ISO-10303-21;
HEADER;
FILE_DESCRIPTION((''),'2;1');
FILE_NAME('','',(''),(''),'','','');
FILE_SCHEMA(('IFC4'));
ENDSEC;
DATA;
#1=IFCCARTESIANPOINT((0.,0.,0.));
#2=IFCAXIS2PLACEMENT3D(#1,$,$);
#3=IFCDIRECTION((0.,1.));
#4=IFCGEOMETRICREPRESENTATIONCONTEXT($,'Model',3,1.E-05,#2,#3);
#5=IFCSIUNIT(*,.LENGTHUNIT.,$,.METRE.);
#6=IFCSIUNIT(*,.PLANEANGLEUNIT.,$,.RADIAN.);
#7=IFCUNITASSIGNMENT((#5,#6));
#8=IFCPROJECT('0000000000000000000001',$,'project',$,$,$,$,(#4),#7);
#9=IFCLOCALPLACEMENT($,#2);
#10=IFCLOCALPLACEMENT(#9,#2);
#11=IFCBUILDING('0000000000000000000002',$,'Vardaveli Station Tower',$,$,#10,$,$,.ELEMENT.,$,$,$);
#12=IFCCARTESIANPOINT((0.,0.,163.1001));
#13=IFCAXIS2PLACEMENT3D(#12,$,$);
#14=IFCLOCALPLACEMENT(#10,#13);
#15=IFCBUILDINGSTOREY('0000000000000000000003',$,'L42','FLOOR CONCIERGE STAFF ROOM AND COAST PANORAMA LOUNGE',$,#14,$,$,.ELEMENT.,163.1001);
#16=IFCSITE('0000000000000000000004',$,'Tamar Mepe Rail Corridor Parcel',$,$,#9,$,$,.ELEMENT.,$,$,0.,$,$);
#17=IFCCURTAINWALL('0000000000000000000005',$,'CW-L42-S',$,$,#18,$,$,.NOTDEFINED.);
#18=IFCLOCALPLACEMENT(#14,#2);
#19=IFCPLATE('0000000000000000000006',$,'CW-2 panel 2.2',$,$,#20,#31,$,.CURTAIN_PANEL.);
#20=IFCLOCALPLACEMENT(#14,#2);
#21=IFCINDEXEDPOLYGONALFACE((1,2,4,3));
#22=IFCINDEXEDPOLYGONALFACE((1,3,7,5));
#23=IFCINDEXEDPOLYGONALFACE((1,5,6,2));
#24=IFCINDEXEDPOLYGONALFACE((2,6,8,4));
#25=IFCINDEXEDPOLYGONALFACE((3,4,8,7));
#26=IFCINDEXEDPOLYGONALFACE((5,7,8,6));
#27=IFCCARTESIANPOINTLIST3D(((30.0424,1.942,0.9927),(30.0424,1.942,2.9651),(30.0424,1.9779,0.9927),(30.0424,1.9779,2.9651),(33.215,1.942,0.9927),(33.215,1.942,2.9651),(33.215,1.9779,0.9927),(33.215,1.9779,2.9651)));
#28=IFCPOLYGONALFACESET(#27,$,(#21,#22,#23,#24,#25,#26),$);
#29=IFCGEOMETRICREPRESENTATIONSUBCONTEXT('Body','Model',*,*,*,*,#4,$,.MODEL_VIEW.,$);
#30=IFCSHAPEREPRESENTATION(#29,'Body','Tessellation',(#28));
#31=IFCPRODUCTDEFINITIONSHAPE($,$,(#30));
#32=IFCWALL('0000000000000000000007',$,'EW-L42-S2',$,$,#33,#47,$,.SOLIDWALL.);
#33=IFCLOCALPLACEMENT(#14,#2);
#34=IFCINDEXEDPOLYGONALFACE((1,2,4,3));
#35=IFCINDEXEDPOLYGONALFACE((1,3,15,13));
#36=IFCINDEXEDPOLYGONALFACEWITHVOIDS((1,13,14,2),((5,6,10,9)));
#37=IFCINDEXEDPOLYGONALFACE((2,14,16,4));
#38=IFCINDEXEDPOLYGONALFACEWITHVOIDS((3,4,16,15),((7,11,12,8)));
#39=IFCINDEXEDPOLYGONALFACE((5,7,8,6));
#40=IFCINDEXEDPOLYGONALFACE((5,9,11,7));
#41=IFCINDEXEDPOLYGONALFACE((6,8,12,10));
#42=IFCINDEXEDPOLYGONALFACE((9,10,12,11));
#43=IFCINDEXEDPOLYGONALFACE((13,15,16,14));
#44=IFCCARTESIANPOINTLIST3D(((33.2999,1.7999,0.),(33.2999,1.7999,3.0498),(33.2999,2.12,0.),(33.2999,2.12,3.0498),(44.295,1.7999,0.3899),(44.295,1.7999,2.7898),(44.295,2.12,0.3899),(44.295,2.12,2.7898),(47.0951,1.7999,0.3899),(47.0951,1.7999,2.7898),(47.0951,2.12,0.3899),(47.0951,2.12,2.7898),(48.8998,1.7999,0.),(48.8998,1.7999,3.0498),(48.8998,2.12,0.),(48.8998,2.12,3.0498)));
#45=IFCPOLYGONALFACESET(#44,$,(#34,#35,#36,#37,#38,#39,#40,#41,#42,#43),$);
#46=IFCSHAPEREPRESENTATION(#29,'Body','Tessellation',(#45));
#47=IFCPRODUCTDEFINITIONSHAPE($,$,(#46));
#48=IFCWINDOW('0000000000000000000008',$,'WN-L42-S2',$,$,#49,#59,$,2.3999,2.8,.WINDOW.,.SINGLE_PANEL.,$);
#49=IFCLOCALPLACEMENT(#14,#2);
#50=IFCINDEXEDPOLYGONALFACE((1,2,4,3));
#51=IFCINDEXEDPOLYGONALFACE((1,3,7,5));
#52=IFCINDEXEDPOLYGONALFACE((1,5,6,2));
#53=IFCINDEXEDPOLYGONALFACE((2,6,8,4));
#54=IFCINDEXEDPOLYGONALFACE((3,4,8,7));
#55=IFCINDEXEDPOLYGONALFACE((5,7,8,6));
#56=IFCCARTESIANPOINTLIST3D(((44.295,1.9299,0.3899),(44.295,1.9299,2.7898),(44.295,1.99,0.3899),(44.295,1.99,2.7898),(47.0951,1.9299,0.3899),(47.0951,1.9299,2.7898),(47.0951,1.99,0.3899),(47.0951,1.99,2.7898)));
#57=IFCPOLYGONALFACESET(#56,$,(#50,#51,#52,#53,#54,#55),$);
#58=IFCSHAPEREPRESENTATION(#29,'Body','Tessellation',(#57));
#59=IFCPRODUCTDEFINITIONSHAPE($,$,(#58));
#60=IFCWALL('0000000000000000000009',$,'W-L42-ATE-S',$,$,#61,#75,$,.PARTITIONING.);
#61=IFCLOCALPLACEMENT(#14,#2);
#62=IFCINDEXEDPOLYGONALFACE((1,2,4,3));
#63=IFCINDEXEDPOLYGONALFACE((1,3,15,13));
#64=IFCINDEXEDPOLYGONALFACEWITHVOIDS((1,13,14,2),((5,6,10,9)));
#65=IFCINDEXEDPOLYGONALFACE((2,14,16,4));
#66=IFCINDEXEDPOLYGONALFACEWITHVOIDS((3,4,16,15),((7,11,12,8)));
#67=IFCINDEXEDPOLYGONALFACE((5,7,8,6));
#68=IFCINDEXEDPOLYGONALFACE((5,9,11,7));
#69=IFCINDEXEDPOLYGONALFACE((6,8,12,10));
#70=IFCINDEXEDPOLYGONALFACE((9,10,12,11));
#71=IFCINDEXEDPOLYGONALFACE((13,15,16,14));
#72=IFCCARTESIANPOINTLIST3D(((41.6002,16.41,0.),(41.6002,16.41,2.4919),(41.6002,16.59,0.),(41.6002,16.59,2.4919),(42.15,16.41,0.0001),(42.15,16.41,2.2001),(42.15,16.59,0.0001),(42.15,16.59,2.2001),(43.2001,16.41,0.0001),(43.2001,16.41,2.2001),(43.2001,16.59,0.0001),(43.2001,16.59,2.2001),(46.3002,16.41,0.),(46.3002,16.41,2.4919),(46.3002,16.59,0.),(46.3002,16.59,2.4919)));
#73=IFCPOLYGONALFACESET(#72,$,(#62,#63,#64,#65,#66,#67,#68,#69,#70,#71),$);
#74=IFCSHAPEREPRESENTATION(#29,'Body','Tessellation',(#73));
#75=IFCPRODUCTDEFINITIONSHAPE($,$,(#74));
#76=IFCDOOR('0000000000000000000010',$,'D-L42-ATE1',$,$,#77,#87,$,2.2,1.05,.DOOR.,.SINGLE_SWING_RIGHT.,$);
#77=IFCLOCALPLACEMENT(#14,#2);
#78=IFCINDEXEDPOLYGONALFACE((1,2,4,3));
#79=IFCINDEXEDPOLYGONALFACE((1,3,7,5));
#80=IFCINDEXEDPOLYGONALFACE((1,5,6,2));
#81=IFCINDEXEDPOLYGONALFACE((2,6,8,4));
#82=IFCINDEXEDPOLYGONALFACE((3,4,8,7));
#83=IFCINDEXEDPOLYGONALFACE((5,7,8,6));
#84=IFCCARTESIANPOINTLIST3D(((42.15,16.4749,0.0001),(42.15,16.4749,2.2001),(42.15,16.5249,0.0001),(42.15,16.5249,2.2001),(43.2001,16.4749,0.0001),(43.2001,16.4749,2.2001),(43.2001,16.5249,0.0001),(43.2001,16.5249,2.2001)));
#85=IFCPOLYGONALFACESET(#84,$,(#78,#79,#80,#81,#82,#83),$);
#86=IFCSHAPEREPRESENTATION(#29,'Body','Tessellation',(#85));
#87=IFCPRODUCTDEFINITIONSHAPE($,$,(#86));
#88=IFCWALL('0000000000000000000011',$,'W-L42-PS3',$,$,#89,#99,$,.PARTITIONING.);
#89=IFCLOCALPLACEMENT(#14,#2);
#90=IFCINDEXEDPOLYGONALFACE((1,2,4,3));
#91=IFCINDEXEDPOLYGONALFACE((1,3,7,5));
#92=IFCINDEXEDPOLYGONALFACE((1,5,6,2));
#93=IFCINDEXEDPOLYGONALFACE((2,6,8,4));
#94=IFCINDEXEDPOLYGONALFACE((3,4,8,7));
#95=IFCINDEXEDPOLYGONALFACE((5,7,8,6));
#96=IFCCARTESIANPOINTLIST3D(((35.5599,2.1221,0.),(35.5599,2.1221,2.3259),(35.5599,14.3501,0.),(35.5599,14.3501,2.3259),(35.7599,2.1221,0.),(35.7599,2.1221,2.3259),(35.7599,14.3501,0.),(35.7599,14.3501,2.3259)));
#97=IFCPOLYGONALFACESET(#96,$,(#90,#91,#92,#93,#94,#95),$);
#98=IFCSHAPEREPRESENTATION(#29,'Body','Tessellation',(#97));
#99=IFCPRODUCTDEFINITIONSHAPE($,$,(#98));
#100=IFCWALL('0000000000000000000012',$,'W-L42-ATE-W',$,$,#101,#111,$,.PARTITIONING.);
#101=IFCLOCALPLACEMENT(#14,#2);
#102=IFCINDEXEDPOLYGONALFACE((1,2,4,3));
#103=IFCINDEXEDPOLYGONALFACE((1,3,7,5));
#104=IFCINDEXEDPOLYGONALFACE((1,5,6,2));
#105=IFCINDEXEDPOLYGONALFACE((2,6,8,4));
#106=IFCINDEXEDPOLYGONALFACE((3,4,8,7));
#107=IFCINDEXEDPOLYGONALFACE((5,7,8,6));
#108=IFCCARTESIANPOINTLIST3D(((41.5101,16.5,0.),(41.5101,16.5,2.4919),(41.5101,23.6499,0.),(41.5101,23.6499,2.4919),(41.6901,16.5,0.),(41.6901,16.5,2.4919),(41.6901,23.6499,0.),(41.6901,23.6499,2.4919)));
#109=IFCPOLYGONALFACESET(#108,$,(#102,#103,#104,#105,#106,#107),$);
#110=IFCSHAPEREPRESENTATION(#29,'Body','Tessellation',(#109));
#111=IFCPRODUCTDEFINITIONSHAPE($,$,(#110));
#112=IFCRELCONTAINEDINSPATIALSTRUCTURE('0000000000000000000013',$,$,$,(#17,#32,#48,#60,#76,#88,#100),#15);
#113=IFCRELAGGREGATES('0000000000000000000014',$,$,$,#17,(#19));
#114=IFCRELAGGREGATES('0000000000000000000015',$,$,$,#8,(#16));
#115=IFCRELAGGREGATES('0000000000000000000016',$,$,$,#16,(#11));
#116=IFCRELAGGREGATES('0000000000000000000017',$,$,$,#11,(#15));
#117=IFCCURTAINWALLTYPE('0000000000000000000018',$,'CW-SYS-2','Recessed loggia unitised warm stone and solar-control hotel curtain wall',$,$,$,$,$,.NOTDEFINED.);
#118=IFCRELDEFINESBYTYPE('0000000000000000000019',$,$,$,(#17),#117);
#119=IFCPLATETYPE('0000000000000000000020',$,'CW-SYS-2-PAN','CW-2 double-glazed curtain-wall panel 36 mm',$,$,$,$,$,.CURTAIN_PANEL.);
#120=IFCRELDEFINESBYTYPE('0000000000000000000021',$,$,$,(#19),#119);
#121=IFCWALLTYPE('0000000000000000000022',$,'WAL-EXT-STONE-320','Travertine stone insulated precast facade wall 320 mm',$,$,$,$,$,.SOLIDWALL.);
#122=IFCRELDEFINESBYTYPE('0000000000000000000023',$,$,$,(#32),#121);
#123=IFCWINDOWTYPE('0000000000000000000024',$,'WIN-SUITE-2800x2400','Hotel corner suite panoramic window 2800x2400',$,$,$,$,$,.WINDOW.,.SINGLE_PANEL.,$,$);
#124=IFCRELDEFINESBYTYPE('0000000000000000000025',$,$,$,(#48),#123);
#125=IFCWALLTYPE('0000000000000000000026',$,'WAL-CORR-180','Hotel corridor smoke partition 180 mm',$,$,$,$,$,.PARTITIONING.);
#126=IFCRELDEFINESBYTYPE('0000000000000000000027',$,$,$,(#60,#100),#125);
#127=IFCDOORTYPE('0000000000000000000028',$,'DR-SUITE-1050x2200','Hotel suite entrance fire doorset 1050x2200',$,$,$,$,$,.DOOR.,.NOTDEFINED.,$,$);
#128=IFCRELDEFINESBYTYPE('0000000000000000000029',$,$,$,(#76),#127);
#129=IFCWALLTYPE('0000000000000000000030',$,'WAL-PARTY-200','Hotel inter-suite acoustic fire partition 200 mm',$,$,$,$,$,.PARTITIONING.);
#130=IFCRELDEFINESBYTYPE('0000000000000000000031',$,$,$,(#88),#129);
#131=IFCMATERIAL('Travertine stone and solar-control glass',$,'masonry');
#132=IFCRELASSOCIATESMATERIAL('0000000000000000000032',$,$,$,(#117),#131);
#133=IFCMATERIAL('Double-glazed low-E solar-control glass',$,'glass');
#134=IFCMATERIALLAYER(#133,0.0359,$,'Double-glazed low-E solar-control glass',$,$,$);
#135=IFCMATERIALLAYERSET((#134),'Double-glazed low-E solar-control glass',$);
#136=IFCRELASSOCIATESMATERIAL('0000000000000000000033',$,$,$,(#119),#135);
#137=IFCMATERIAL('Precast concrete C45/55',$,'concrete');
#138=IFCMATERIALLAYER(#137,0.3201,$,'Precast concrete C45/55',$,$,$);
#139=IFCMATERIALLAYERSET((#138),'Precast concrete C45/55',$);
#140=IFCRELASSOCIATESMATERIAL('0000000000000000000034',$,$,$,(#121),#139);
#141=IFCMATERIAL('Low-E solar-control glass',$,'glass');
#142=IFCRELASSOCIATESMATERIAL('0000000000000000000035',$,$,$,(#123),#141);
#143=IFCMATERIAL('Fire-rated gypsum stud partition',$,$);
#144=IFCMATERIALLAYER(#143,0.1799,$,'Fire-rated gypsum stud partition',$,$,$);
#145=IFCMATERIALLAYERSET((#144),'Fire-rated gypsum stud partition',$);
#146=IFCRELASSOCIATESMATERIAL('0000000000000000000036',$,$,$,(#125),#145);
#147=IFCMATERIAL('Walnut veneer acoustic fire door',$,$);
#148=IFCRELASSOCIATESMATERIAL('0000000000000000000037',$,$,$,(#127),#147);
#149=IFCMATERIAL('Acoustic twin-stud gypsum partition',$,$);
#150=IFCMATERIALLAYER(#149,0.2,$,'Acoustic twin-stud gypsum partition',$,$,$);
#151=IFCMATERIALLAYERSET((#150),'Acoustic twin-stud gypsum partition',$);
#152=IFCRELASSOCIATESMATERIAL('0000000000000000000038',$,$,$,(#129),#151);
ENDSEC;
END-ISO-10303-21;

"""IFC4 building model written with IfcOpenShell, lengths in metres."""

from ifc_helpers import new_model, si_unit, direction, frame, frame_2d, origin, origin_2d, place, context, subcontext, project, spatial, rectangle, extrude, source, transform, mapped, material, layer, layer_set, type_object, element, fill, aggregate, save


model = new_model("IFC4")

# Units and contexts
model_context = context("Model", 3, precision=1e-05, world=origin(), true_north=direction((0.0, 1.0)))
body_context = subcontext(model_context, "Body", "Model", "MODEL_VIEW")
ifc_project = project(units=[si_unit("LENGTHUNIT", "METRE"), si_unit("PLANEANGLEUNIT", "RADIAN")], contexts=[model_context])

# Site, building, storey
site_placement = place(None, origin())
site = spatial("IfcSite", under=ifc_project, at=site_placement, Name="Tamar Mepe Rail Corridor Parcel", CompositionType="ELEMENT", RefElevation=0.0)
building_placement = place(site_placement, origin())
building = spatial("IfcBuilding", under=site, at=building_placement, Name="Vardaveli Station Tower", CompositionType="ELEMENT")
storey_placement = place(building_placement, frame((0.0, 0.0, 163.1001)))
storey = spatial("IfcBuildingStorey", under=building, at=storey_placement, Name="L42", Description="FLOOR CONCIERGE STAFF ROOM AND COAST PANORAMA LOUNGE", CompositionType="ELEMENT", Elevation=163.1001)

# Shared definitions
ifc_material_1 = material(Name="Precast concrete C45/55", Category="concrete")

# Curtain wall, plate
ifc_material_2 = material(Name="Travertine stone and solar-control glass", Category="masonry")
curtain_wall_type = type_object("IfcCurtainWallType", Name="CW-SYS-2", Description="Recessed loggia unitised warm stone and solar-control hotel curtain wall", PredefinedType="NOTDEFINED", material=ifc_material_2)
curtain_wall_placement = place(storey_placement, origin())
curtain_wall = element("IfcCurtainWall", 1, at=curtain_wall_placement, inside=storey, type_object=curtain_wall_type, Name="CW-L42-S", PredefinedType="NOTDEFINED")
ifc_material_3 = material(Name="Double-glazed low-E solar-control glass", Category="glass")
ifc_layer_1 = layer(ifc_material_3, 0.0359, Name="Double-glazed low-E solar-control glass")
ifc_layer_set_1 = layer_set([ifc_layer_1], Name="Double-glazed low-E solar-control glass")
plate_type = type_object("IfcPlateType", Name="CW-SYS-2-PAN", Description="CW-2 double-glazed curtain-wall panel 36 mm", PredefinedType="CURTAIN_PANEL", material=ifc_layer_set_1)
shared_shape_1 = source(origin(), body_context, "Body", "SweptSolid", [
    extrude(rectangle(XDim=3.1726, YDim=0.0359, at=origin_2d()), origin(), (0.0, 0.0, 1.0), 1.9724),
])
plate_1_placement = place(storey_placement, frame((31.6287, 1.96, 0.9927), z_axis=(0.0, 0.0, 1.0), x_axis=(1.0, 0.0, 0.0)))
plate_1 = element("IfcPlate", 2, at=plate_1_placement, type_object=plate_type, Name="CW-2 panel 2.2", PredefinedType="CURTAIN_PANEL", context=body_context, shape_type="MappedRepresentation", body=[
    mapped(shared_shape_1, transform((0.0, 0.0, 0.0), scale=1.0)),
])
aggregate(curtain_wall, [plate_1])

# Wall, opening, window
ifc_layer_2 = layer(ifc_material_1, 0.3201, Name="Precast concrete C45/55")
ifc_layer_set_2 = layer_set([ifc_layer_2], Name="Precast concrete C45/55")
wall_type_1 = type_object("IfcWallType", Name="WAL-EXT-STONE-320", Description="Travertine stone insulated precast facade wall 320 mm", PredefinedType="SOLIDWALL", material=ifc_layer_set_2)
shared_shape_2 = source(origin(), body_context, "Body", "SweptSolid", [
    extrude(rectangle(XDim=15.5999, YDim=0.3201, at=frame_2d((7.7998, 0.0))), origin(), (0.0, 0.0, 1.0), 3.0498),
])
wall_1_placement = place(storey_placement, frame((33.3, 1.96, 0.0), z_axis=(0.0, 0.0, 1.0), x_axis=(1.0, 0.0, 0.0)))
wall_1 = element("IfcWall", 3, at=wall_1_placement, inside=storey, type_object=wall_type_1, Name="EW-L42-S2", PredefinedType="SOLIDWALL", context=body_context, shape_type="MappedRepresentation", body=[
    mapped(shared_shape_2, transform((0.0, 0.0, 0.0), scale=1.0)),
])
shared_shape_3 = source(origin(), body_context, "Body", "SweptSolid", [
    extrude(rectangle(XDim=2.8, YDim=2.3999, at=frame_2d((1.3999, 1.2))), frame((0.0, 0.1699, 0.0), z_axis=(0.0, -1.0, 0.0), x_axis=(1.0, 0.0, 0.0)), (0.0, 0.0, 1.0), 0.3401),
])
opening_1_placement = place(wall_1_placement, frame((10.9951, 0.0, 0.3899)))
opening_1 = element("IfcOpeningElement", 4, at=opening_1_placement, cuts=wall_1, PredefinedType="OPENING", context=body_context, shape_type="MappedRepresentation", body=[
    mapped(shared_shape_3, transform((0.0, 0.0, 0.0), scale=1.0)),
])
ifc_material_4 = material(Name="Low-E solar-control glass", Category="glass")
window_type = type_object("IfcWindowType", Name="WIN-SUITE-2800x2400", Description="Hotel corner suite panoramic window 2800x2400", PartitioningType="SINGLE_PANEL", PredefinedType="WINDOW", material=ifc_material_4)
shared_shape_4 = source(origin(), body_context, "Body", "SweptSolid", [
    extrude(rectangle(XDim=2.8, YDim=2.3999, at=frame_2d((1.3999, 1.2))), frame((0.0, 0.03, 0.0), z_axis=(0.0, -1.0, 0.0), x_axis=(1.0, 0.0, 0.0)), (0.0, 0.0, 1.0), 0.0601),
])
window_placement = place(opening_1_placement, origin())
window = element("IfcWindow", 5, at=window_placement, inside=storey, type_object=window_type, Name="WN-L42-S2", OverallHeight=2.3999, OverallWidth=2.8, PartitioningType="SINGLE_PANEL", PredefinedType="WINDOW", context=body_context, shape_type="MappedRepresentation", body=[
    mapped(shared_shape_4, transform((0.0, 0.0, 0.0), scale=1.0)),
])
fill(opening_1, window)

# Wall, opening, door
ifc_material_5 = material(Name="Fire-rated gypsum stud partition")
ifc_layer_3 = layer(ifc_material_5, 0.1799, Name="Fire-rated gypsum stud partition")
ifc_layer_set_3 = layer_set([ifc_layer_3], Name="Fire-rated gypsum stud partition")
wall_type_2 = type_object("IfcWallType", Name="WAL-CORR-180", Description="Hotel corridor smoke partition 180 mm", PredefinedType="PARTITIONING", material=ifc_layer_set_3)
shared_shape_5 = source(origin(), body_context, "Body", "SweptSolid", [
    extrude(rectangle(XDim=4.7, YDim=0.1799, at=frame_2d((2.3501, 0.0))), origin(), (0.0, 0.0, 1.0), 2.4919),
])
wall_2_placement = place(storey_placement, frame((41.6001, 16.5, 0.0), z_axis=(0.0, 0.0, 1.0), x_axis=(1.0, 0.0, 0.0)))
wall_2 = element("IfcWall", 6, at=wall_2_placement, inside=storey, type_object=wall_type_2, Name="W-L42-ATE-S", PredefinedType="PARTITIONING", context=body_context, shape_type="MappedRepresentation", body=[
    mapped(shared_shape_5, transform((0.0, 0.0, 0.0), scale=1.0)),
])
shared_shape_6 = source(origin(), body_context, "Body", "SweptSolid", [
    extrude(rectangle(XDim=1.05, YDim=2.2, at=frame_2d((0.5249, 1.1001))), frame((0.0, 0.1001, 0.0), z_axis=(0.0, -1.0, 0.0), x_axis=(1.0, 0.0, 0.0)), (0.0, 0.0, 1.0), 0.2),
])
opening_2_placement = place(wall_2_placement, frame((0.55, 0.0, 0.0)))
opening_2 = element("IfcOpeningElement", 7, at=opening_2_placement, cuts=wall_2, PredefinedType="OPENING", context=body_context, shape_type="MappedRepresentation", body=[
    mapped(shared_shape_6, transform((0.0, 0.0, 0.0), scale=1.0)),
])
ifc_material_6 = material(Name="Walnut veneer acoustic fire door")
door_type = type_object("IfcDoorType", Name="DR-SUITE-1050x2200", Description="Hotel suite entrance fire doorset 1050x2200", OperationType="NOTDEFINED", PredefinedType="DOOR", material=ifc_material_6)
shared_shape_7 = source(origin(), body_context, "Body", "SweptSolid", [
    extrude(rectangle(XDim=1.05, YDim=2.2, at=frame_2d((0.5249, 1.1001))), frame((0.0, 0.0249, 0.0), z_axis=(0.0, -1.0, 0.0), x_axis=(1.0, 0.0, 0.0)), (0.0, 0.0, 1.0), 0.05),
])
door_placement = place(opening_2_placement, origin())
door = element("IfcDoor", 8, at=door_placement, inside=storey, type_object=door_type, Name="D-L42-ATE1", OperationType="SINGLE_SWING_RIGHT", OverallHeight=2.2, OverallWidth=1.05, PredefinedType="DOOR", context=body_context, shape_type="MappedRepresentation", body=[
    mapped(shared_shape_7, transform((0.0, 0.0, 0.0), scale=1.0)),
])
fill(opening_2, door)

# Walls
ifc_material_7 = material(Name="Acoustic twin-stud gypsum partition")
ifc_layer_4 = layer(ifc_material_7, 0.2, Name="Acoustic twin-stud gypsum partition")
ifc_layer_set_4 = layer_set([ifc_layer_4], Name="Acoustic twin-stud gypsum partition")
wall_type_3 = type_object("IfcWallType", Name="WAL-PARTY-200", Description="Hotel inter-suite acoustic fire partition 200 mm", PredefinedType="PARTITIONING", material=ifc_layer_set_4)
shared_shape_8 = source(origin(), body_context, "Body", "SweptSolid", [
    extrude(rectangle(XDim=12.228, YDim=0.2, at=frame_2d((6.114, 0.0))), origin(), (0.0, 0.0, 1.0), 2.3259),
])
wall_3_placement = place(storey_placement, frame((35.6599, 2.1221, 0.0), z_axis=(0.0, 0.0, 1.0), x_axis=(0.0, 1.0, 0.0)))
element("IfcWall", 9, at=wall_3_placement, inside=storey, type_object=wall_type_3, Name="W-L42-PS3", PredefinedType="PARTITIONING", context=body_context, shape_type="MappedRepresentation", body=[
    mapped(shared_shape_8, transform((0.0, 0.0, 0.0), scale=1.0)),
])
shared_shape_9 = source(origin(), body_context, "Body", "SweptSolid", [
    extrude(rectangle(XDim=7.1499, YDim=0.1799, at=frame_2d((3.575, 0.0))), origin(), (0.0, 0.0, 1.0), 2.4919),
])
wall_4_placement = place(storey_placement, frame((41.6001, 16.5, 0.0), z_axis=(0.0, 0.0, 1.0), x_axis=(0.0, 1.0, 0.0)))
element("IfcWall", 10, at=wall_4_placement, inside=storey, type_object=wall_type_2, Name="W-L42-ATE-W", PredefinedType="PARTITIONING", context=body_context, shape_type="MappedRepresentation", body=[
    mapped(shared_shape_9, transform((0.0, 0.0, 0.0), scale=1.0)),
])

save(model, "model.ifc")
